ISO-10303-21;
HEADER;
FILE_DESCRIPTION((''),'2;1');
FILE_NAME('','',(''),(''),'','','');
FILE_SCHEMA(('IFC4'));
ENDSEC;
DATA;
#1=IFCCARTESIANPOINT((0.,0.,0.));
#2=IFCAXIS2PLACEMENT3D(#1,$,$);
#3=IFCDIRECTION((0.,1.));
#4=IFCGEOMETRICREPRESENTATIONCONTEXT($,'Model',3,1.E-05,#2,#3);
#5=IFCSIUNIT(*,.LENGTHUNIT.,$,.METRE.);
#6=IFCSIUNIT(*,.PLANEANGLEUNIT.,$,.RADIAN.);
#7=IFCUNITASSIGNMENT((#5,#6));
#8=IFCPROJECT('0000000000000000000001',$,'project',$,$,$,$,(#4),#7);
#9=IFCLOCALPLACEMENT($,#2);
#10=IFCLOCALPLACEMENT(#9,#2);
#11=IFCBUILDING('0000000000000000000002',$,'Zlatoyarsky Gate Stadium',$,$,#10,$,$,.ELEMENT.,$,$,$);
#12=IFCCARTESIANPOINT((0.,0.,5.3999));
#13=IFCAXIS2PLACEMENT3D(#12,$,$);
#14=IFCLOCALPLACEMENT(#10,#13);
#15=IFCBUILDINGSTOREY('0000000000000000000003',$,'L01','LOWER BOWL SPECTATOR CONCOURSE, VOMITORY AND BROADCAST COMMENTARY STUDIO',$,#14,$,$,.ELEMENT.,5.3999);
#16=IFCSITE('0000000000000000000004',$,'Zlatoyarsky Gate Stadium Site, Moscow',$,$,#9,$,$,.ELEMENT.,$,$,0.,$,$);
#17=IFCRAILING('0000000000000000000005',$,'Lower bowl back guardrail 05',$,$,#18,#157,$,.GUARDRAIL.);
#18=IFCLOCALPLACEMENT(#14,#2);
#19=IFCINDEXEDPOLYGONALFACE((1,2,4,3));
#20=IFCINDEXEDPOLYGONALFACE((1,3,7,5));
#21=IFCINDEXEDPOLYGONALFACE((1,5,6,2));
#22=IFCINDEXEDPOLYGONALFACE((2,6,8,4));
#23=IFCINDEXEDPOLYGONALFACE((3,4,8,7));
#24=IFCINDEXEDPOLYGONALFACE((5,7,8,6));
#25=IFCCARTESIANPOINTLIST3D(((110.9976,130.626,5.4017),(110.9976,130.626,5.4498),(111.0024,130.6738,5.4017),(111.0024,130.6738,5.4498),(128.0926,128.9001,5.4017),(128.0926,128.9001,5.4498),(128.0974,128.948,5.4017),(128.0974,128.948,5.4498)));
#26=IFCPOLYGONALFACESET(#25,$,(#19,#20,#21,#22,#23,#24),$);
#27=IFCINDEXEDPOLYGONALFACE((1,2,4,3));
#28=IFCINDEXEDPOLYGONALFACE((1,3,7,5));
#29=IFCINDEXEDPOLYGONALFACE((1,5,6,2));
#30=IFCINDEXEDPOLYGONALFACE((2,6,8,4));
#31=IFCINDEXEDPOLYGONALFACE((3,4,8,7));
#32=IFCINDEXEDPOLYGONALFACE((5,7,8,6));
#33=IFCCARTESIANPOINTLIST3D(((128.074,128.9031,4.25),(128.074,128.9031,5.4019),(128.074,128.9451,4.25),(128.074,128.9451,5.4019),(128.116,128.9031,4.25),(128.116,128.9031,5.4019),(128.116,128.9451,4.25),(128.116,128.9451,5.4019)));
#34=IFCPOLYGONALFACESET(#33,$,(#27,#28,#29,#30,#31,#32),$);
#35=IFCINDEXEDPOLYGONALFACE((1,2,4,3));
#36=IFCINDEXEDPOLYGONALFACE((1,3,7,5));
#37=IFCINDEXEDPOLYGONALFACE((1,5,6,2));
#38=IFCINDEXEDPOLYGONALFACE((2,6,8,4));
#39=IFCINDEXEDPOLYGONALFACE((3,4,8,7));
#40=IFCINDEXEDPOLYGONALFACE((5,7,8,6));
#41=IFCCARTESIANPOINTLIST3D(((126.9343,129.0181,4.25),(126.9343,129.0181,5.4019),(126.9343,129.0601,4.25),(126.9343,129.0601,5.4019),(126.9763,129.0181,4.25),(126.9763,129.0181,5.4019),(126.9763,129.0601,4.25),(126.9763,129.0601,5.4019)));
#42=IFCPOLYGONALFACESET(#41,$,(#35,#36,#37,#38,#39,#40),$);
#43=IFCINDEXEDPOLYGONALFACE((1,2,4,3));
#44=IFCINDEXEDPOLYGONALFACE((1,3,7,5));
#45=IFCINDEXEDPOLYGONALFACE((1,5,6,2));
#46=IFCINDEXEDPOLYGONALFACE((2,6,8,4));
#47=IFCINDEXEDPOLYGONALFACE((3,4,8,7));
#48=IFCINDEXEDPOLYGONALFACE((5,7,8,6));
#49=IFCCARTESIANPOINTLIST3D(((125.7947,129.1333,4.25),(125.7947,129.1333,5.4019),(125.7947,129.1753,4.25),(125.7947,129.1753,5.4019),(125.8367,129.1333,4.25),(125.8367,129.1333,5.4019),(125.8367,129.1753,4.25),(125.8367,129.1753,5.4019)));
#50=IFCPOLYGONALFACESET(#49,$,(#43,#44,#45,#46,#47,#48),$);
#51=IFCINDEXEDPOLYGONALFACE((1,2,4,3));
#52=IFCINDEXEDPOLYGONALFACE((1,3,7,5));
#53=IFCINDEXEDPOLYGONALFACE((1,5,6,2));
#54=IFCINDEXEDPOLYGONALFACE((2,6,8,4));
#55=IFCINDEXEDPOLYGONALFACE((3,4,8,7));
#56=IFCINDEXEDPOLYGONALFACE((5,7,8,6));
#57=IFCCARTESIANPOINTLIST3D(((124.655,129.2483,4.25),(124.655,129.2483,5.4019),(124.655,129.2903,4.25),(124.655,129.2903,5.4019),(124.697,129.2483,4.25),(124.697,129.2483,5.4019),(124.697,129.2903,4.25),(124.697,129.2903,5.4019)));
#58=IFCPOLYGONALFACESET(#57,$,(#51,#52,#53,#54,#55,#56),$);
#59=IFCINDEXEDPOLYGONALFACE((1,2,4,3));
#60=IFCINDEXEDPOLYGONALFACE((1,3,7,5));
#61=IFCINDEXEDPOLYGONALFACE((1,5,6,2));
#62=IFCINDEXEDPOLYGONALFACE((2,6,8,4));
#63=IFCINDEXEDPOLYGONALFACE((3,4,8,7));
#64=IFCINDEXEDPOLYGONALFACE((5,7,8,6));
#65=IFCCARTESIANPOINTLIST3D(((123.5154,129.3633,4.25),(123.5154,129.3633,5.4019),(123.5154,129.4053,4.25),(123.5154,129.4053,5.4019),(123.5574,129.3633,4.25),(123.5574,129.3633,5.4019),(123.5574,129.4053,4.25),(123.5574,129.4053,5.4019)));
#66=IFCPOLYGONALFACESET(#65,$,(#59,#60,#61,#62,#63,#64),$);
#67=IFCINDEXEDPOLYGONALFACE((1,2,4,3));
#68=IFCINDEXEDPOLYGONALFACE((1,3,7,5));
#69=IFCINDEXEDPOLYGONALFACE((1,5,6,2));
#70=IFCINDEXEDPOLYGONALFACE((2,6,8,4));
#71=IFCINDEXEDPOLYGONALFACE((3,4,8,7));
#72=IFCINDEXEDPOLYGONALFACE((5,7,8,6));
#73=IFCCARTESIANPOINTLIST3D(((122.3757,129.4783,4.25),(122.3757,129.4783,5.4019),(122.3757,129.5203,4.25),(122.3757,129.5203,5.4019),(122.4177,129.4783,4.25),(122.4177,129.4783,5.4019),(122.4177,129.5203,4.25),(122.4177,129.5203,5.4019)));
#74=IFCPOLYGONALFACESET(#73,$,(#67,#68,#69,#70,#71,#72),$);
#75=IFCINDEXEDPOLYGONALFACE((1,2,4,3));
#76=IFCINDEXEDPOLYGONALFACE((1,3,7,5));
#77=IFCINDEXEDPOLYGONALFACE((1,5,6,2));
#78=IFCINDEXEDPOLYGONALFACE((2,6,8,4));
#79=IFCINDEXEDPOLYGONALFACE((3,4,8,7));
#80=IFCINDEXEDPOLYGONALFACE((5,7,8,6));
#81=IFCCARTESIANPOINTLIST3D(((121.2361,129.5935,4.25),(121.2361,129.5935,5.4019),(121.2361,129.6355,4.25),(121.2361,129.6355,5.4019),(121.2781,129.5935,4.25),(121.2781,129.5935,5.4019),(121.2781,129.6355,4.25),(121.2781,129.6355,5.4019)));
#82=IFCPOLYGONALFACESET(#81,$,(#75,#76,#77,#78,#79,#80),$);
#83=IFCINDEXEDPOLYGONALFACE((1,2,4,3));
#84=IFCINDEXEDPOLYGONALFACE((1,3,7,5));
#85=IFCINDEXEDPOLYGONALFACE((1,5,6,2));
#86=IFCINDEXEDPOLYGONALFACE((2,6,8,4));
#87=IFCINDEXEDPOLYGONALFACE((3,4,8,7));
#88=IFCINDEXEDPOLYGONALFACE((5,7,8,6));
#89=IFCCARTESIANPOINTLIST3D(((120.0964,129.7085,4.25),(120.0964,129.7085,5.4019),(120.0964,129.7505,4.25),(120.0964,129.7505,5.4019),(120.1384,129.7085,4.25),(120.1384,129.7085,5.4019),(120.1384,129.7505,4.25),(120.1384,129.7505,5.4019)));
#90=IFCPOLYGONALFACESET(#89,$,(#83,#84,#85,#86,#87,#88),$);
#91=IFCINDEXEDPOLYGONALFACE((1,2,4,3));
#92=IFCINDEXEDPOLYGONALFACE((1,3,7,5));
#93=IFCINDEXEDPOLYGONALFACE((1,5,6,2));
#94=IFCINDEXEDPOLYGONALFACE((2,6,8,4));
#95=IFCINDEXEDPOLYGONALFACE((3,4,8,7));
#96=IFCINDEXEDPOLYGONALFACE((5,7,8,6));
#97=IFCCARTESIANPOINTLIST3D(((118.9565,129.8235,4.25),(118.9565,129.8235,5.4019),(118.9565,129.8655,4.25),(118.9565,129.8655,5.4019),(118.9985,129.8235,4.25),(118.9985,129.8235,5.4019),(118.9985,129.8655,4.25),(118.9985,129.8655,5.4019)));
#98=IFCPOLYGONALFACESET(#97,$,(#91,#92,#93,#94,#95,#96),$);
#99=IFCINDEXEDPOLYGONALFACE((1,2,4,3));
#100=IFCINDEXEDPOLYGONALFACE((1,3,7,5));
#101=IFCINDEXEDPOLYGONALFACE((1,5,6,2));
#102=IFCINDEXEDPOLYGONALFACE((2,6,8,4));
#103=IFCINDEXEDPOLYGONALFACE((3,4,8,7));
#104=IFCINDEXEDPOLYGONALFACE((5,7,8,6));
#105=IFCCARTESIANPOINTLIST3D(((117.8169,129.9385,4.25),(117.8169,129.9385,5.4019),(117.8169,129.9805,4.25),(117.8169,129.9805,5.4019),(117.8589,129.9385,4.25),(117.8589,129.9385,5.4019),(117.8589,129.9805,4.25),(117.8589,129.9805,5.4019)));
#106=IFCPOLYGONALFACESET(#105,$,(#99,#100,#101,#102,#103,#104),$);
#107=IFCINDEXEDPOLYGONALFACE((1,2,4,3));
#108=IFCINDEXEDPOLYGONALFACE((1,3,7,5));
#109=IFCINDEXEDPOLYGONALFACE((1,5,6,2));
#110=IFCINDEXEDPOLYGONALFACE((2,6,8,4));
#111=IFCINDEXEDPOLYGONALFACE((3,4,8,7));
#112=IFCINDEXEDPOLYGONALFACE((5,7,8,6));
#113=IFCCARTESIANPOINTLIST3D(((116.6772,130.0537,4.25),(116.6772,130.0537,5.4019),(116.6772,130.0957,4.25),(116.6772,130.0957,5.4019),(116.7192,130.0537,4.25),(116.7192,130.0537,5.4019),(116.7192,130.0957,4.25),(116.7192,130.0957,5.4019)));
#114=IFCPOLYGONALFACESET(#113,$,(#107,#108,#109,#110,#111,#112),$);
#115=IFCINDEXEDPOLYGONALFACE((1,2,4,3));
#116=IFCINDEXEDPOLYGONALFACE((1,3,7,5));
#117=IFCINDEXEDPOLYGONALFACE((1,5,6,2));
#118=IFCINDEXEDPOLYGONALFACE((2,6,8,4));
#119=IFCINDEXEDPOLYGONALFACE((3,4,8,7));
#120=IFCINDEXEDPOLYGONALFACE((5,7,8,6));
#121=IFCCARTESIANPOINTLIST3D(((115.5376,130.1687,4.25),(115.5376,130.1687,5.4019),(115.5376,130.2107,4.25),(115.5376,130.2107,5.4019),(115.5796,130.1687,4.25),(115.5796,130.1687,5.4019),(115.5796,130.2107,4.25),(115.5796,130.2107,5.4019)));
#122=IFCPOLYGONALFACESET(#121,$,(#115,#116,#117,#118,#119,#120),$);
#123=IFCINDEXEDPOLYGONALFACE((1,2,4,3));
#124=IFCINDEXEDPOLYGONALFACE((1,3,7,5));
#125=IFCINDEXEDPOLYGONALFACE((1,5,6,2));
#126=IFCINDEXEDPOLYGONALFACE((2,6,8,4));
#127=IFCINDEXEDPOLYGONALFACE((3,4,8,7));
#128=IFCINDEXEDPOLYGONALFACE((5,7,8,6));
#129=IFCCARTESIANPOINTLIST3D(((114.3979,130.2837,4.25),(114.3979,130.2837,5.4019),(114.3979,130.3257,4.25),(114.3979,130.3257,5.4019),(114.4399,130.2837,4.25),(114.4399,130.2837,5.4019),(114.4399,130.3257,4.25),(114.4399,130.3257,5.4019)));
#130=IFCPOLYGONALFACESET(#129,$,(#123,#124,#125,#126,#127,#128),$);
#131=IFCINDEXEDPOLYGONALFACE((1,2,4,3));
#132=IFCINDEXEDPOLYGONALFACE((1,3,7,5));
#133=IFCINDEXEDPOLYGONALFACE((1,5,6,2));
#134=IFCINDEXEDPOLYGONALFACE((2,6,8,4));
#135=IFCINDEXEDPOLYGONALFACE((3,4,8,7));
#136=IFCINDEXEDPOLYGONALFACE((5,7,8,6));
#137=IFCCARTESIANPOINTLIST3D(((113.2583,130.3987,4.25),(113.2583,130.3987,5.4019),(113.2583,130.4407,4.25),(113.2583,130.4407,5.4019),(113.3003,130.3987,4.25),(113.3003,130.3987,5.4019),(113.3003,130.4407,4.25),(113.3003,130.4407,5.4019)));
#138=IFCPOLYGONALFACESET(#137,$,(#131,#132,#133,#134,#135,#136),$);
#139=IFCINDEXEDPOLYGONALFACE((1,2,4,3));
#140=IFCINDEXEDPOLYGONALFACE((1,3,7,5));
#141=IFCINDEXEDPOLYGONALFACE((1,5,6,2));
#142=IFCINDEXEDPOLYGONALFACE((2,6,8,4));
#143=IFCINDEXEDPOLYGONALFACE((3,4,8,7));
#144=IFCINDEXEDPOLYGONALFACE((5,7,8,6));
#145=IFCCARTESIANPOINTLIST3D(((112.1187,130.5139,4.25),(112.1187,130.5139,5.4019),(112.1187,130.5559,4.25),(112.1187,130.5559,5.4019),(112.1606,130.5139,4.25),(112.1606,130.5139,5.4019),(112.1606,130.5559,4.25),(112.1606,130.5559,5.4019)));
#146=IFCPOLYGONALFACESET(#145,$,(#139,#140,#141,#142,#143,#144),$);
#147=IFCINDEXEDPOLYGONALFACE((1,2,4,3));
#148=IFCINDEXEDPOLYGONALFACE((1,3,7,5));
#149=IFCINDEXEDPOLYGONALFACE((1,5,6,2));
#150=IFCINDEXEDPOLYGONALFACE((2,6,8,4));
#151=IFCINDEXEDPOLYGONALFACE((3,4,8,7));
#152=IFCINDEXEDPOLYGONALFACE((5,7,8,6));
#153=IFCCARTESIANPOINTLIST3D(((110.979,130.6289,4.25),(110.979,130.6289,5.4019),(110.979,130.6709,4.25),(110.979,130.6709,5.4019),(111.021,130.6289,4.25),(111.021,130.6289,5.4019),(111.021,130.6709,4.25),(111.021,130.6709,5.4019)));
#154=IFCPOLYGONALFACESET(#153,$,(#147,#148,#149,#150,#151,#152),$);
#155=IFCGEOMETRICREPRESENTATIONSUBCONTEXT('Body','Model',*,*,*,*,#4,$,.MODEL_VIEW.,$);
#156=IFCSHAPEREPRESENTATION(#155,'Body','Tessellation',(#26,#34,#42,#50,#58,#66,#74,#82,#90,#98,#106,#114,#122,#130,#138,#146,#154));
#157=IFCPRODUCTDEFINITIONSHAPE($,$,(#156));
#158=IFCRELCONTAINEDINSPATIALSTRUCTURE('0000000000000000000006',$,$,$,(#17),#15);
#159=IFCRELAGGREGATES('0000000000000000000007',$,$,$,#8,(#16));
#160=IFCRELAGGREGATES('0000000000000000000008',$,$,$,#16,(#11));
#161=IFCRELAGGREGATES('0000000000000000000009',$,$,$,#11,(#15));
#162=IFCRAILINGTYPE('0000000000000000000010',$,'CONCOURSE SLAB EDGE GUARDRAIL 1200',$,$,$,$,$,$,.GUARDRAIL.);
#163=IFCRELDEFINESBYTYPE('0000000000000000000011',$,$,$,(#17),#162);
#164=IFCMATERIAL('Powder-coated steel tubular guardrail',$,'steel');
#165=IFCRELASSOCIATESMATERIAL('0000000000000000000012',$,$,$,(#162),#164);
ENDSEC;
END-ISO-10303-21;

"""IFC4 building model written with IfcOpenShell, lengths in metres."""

from ifc_helpers import new_model, si_unit, direction, frame, origin, origin_2d, place, context, subcontext, project, spatial, rectangle, extrude, material, type_object, element, save


model = new_model("IFC4")

# Units and contexts
model_context = context("Model", 3, precision=1e-05, world=origin(), true_north=direction((0.0, 1.0)))
body_context = subcontext(model_context, "Body", "Model", "MODEL_VIEW")
ifc_project = project(units=[si_unit("LENGTHUNIT", "METRE"), si_unit("PLANEANGLEUNIT", "RADIAN")], contexts=[model_context])

# Site, building, storey
site_placement = place(None, origin())
site = spatial("IfcSite", under=ifc_project, at=site_placement, Name="Zlatoyarsky Gate Stadium Site, Moscow", CompositionType="ELEMENT", RefElevation=0.0)
building_placement = place(site_placement, origin())
building = spatial("IfcBuilding", under=site, at=building_placement, Name="Zlatoyarsky Gate Stadium", CompositionType="ELEMENT")
storey_placement = place(building_placement, frame((0.0, 0.0, 5.3999)))
storey = spatial("IfcBuildingStorey", under=building, at=storey_placement, Name="L01", Description="LOWER BOWL SPECTATOR CONCOURSE, VOMITORY AND BROADCAST COMMENTARY STUDIO", CompositionType="ELEMENT", Elevation=5.3999)

# Railing
ifc_material_1 = material(Name="Powder-coated steel tubular guardrail", Category="steel")
railing_type_1 = type_object("IfcRailingType", Name="CONCOURSE SLAB EDGE GUARDRAIL 1200", PredefinedType="GUARDRAIL", material=ifc_material_1)
railing_1_placement = place(storey_placement, frame((128.095, 128.9241, 4.25)))
element("IfcRailing", 1, at=railing_1_placement, inside=storey, type_object=railing_type_1, Name="Lower bowl back guardrail 05", PredefinedType="GUARDRAIL", context=body_context, shape_type="SweptSolid", body=[
    extrude(rectangle(XDim=0.0481, YDim=0.0481, at=origin_2d()), frame((0.0, 0.0, 1.1758), z_axis=(-0.994943, 0.100445, 0.0), x_axis=(-0.100445, -0.994943, 0.0)), (0.0, 0.0, 1.0), 17.1819),
    extrude(rectangle(XDim=0.042, YDim=0.042, at=origin_2d()), origin(), (0.0, 0.0, 1.0), 1.1519),
    extrude(rectangle(XDim=0.042, YDim=0.042, at=origin_2d()), frame((-1.1396, 0.115, 0.0)), (0.0, 0.0, 1.0), 1.1519),
    extrude(rectangle(XDim=0.042, YDim=0.042, at=origin_2d()), frame((-2.2793, 0.2302, 0.0)), (0.0, 0.0, 1.0), 1.1519),
    extrude(rectangle(XDim=0.042, YDim=0.042, at=origin_2d()), frame((-3.4189, 0.3452, 0.0)), (0.0, 0.0, 1.0), 1.1519),
    extrude(rectangle(XDim=0.042, YDim=0.042, at=origin_2d()), frame((-4.5586, 0.4602, 0.0)), (0.0, 0.0, 1.0), 1.1519),
    extrude(rectangle(XDim=0.042, YDim=0.042, at=origin_2d()), frame((-5.6982, 0.5752, 0.0)), (0.0, 0.0, 1.0), 1.1519),
    extrude(rectangle(XDim=0.042, YDim=0.042, at=origin_2d()), frame((-6.8379, 0.6904, 0.0)), (0.0, 0.0, 1.0), 1.1519),
    extrude(rectangle(XDim=0.042, YDim=0.042, at=origin_2d()), frame((-7.9775, 0.8054, 0.0)), (0.0, 0.0, 1.0), 1.1519),
    extrude(rectangle(XDim=0.042, YDim=0.042, at=origin_2d()), frame((-9.1174, 0.9204, 0.0)), (0.0, 0.0, 1.0), 1.1519),
    extrude(rectangle(XDim=0.042, YDim=0.042, at=origin_2d()), frame((-10.2571, 1.0354, 0.0)), (0.0, 0.0, 1.0), 1.1519),
    extrude(rectangle(XDim=0.042, YDim=0.042, at=origin_2d()), frame((-11.3967, 1.1506, 0.0)), (0.0, 0.0, 1.0), 1.1519),
    extrude(rectangle(XDim=0.042, YDim=0.042, at=origin_2d()), frame((-12.5364, 1.2656, 0.0)), (0.0, 0.0, 1.0), 1.1519),
    extrude(rectangle(XDim=0.042, YDim=0.042, at=origin_2d()), frame((-13.676, 1.3806, 0.0)), (0.0, 0.0, 1.0), 1.1519),
    extrude(rectangle(XDim=0.042, YDim=0.042, at=origin_2d()), frame((-14.8157, 1.4956, 0.0)), (0.0, 0.0, 1.0), 1.1519),
    extrude(rectangle(XDim=0.042, YDim=0.042, at=origin_2d()), frame((-15.9553, 1.6108, 0.0)), (0.0, 0.0, 1.0), 1.1519),
    extrude(rectangle(XDim=0.042, YDim=0.042, at=origin_2d()), frame((-17.095, 1.7258, 0.0)), (0.0, 0.0, 1.0), 1.1519),
])

save(model, "model.ifc")
